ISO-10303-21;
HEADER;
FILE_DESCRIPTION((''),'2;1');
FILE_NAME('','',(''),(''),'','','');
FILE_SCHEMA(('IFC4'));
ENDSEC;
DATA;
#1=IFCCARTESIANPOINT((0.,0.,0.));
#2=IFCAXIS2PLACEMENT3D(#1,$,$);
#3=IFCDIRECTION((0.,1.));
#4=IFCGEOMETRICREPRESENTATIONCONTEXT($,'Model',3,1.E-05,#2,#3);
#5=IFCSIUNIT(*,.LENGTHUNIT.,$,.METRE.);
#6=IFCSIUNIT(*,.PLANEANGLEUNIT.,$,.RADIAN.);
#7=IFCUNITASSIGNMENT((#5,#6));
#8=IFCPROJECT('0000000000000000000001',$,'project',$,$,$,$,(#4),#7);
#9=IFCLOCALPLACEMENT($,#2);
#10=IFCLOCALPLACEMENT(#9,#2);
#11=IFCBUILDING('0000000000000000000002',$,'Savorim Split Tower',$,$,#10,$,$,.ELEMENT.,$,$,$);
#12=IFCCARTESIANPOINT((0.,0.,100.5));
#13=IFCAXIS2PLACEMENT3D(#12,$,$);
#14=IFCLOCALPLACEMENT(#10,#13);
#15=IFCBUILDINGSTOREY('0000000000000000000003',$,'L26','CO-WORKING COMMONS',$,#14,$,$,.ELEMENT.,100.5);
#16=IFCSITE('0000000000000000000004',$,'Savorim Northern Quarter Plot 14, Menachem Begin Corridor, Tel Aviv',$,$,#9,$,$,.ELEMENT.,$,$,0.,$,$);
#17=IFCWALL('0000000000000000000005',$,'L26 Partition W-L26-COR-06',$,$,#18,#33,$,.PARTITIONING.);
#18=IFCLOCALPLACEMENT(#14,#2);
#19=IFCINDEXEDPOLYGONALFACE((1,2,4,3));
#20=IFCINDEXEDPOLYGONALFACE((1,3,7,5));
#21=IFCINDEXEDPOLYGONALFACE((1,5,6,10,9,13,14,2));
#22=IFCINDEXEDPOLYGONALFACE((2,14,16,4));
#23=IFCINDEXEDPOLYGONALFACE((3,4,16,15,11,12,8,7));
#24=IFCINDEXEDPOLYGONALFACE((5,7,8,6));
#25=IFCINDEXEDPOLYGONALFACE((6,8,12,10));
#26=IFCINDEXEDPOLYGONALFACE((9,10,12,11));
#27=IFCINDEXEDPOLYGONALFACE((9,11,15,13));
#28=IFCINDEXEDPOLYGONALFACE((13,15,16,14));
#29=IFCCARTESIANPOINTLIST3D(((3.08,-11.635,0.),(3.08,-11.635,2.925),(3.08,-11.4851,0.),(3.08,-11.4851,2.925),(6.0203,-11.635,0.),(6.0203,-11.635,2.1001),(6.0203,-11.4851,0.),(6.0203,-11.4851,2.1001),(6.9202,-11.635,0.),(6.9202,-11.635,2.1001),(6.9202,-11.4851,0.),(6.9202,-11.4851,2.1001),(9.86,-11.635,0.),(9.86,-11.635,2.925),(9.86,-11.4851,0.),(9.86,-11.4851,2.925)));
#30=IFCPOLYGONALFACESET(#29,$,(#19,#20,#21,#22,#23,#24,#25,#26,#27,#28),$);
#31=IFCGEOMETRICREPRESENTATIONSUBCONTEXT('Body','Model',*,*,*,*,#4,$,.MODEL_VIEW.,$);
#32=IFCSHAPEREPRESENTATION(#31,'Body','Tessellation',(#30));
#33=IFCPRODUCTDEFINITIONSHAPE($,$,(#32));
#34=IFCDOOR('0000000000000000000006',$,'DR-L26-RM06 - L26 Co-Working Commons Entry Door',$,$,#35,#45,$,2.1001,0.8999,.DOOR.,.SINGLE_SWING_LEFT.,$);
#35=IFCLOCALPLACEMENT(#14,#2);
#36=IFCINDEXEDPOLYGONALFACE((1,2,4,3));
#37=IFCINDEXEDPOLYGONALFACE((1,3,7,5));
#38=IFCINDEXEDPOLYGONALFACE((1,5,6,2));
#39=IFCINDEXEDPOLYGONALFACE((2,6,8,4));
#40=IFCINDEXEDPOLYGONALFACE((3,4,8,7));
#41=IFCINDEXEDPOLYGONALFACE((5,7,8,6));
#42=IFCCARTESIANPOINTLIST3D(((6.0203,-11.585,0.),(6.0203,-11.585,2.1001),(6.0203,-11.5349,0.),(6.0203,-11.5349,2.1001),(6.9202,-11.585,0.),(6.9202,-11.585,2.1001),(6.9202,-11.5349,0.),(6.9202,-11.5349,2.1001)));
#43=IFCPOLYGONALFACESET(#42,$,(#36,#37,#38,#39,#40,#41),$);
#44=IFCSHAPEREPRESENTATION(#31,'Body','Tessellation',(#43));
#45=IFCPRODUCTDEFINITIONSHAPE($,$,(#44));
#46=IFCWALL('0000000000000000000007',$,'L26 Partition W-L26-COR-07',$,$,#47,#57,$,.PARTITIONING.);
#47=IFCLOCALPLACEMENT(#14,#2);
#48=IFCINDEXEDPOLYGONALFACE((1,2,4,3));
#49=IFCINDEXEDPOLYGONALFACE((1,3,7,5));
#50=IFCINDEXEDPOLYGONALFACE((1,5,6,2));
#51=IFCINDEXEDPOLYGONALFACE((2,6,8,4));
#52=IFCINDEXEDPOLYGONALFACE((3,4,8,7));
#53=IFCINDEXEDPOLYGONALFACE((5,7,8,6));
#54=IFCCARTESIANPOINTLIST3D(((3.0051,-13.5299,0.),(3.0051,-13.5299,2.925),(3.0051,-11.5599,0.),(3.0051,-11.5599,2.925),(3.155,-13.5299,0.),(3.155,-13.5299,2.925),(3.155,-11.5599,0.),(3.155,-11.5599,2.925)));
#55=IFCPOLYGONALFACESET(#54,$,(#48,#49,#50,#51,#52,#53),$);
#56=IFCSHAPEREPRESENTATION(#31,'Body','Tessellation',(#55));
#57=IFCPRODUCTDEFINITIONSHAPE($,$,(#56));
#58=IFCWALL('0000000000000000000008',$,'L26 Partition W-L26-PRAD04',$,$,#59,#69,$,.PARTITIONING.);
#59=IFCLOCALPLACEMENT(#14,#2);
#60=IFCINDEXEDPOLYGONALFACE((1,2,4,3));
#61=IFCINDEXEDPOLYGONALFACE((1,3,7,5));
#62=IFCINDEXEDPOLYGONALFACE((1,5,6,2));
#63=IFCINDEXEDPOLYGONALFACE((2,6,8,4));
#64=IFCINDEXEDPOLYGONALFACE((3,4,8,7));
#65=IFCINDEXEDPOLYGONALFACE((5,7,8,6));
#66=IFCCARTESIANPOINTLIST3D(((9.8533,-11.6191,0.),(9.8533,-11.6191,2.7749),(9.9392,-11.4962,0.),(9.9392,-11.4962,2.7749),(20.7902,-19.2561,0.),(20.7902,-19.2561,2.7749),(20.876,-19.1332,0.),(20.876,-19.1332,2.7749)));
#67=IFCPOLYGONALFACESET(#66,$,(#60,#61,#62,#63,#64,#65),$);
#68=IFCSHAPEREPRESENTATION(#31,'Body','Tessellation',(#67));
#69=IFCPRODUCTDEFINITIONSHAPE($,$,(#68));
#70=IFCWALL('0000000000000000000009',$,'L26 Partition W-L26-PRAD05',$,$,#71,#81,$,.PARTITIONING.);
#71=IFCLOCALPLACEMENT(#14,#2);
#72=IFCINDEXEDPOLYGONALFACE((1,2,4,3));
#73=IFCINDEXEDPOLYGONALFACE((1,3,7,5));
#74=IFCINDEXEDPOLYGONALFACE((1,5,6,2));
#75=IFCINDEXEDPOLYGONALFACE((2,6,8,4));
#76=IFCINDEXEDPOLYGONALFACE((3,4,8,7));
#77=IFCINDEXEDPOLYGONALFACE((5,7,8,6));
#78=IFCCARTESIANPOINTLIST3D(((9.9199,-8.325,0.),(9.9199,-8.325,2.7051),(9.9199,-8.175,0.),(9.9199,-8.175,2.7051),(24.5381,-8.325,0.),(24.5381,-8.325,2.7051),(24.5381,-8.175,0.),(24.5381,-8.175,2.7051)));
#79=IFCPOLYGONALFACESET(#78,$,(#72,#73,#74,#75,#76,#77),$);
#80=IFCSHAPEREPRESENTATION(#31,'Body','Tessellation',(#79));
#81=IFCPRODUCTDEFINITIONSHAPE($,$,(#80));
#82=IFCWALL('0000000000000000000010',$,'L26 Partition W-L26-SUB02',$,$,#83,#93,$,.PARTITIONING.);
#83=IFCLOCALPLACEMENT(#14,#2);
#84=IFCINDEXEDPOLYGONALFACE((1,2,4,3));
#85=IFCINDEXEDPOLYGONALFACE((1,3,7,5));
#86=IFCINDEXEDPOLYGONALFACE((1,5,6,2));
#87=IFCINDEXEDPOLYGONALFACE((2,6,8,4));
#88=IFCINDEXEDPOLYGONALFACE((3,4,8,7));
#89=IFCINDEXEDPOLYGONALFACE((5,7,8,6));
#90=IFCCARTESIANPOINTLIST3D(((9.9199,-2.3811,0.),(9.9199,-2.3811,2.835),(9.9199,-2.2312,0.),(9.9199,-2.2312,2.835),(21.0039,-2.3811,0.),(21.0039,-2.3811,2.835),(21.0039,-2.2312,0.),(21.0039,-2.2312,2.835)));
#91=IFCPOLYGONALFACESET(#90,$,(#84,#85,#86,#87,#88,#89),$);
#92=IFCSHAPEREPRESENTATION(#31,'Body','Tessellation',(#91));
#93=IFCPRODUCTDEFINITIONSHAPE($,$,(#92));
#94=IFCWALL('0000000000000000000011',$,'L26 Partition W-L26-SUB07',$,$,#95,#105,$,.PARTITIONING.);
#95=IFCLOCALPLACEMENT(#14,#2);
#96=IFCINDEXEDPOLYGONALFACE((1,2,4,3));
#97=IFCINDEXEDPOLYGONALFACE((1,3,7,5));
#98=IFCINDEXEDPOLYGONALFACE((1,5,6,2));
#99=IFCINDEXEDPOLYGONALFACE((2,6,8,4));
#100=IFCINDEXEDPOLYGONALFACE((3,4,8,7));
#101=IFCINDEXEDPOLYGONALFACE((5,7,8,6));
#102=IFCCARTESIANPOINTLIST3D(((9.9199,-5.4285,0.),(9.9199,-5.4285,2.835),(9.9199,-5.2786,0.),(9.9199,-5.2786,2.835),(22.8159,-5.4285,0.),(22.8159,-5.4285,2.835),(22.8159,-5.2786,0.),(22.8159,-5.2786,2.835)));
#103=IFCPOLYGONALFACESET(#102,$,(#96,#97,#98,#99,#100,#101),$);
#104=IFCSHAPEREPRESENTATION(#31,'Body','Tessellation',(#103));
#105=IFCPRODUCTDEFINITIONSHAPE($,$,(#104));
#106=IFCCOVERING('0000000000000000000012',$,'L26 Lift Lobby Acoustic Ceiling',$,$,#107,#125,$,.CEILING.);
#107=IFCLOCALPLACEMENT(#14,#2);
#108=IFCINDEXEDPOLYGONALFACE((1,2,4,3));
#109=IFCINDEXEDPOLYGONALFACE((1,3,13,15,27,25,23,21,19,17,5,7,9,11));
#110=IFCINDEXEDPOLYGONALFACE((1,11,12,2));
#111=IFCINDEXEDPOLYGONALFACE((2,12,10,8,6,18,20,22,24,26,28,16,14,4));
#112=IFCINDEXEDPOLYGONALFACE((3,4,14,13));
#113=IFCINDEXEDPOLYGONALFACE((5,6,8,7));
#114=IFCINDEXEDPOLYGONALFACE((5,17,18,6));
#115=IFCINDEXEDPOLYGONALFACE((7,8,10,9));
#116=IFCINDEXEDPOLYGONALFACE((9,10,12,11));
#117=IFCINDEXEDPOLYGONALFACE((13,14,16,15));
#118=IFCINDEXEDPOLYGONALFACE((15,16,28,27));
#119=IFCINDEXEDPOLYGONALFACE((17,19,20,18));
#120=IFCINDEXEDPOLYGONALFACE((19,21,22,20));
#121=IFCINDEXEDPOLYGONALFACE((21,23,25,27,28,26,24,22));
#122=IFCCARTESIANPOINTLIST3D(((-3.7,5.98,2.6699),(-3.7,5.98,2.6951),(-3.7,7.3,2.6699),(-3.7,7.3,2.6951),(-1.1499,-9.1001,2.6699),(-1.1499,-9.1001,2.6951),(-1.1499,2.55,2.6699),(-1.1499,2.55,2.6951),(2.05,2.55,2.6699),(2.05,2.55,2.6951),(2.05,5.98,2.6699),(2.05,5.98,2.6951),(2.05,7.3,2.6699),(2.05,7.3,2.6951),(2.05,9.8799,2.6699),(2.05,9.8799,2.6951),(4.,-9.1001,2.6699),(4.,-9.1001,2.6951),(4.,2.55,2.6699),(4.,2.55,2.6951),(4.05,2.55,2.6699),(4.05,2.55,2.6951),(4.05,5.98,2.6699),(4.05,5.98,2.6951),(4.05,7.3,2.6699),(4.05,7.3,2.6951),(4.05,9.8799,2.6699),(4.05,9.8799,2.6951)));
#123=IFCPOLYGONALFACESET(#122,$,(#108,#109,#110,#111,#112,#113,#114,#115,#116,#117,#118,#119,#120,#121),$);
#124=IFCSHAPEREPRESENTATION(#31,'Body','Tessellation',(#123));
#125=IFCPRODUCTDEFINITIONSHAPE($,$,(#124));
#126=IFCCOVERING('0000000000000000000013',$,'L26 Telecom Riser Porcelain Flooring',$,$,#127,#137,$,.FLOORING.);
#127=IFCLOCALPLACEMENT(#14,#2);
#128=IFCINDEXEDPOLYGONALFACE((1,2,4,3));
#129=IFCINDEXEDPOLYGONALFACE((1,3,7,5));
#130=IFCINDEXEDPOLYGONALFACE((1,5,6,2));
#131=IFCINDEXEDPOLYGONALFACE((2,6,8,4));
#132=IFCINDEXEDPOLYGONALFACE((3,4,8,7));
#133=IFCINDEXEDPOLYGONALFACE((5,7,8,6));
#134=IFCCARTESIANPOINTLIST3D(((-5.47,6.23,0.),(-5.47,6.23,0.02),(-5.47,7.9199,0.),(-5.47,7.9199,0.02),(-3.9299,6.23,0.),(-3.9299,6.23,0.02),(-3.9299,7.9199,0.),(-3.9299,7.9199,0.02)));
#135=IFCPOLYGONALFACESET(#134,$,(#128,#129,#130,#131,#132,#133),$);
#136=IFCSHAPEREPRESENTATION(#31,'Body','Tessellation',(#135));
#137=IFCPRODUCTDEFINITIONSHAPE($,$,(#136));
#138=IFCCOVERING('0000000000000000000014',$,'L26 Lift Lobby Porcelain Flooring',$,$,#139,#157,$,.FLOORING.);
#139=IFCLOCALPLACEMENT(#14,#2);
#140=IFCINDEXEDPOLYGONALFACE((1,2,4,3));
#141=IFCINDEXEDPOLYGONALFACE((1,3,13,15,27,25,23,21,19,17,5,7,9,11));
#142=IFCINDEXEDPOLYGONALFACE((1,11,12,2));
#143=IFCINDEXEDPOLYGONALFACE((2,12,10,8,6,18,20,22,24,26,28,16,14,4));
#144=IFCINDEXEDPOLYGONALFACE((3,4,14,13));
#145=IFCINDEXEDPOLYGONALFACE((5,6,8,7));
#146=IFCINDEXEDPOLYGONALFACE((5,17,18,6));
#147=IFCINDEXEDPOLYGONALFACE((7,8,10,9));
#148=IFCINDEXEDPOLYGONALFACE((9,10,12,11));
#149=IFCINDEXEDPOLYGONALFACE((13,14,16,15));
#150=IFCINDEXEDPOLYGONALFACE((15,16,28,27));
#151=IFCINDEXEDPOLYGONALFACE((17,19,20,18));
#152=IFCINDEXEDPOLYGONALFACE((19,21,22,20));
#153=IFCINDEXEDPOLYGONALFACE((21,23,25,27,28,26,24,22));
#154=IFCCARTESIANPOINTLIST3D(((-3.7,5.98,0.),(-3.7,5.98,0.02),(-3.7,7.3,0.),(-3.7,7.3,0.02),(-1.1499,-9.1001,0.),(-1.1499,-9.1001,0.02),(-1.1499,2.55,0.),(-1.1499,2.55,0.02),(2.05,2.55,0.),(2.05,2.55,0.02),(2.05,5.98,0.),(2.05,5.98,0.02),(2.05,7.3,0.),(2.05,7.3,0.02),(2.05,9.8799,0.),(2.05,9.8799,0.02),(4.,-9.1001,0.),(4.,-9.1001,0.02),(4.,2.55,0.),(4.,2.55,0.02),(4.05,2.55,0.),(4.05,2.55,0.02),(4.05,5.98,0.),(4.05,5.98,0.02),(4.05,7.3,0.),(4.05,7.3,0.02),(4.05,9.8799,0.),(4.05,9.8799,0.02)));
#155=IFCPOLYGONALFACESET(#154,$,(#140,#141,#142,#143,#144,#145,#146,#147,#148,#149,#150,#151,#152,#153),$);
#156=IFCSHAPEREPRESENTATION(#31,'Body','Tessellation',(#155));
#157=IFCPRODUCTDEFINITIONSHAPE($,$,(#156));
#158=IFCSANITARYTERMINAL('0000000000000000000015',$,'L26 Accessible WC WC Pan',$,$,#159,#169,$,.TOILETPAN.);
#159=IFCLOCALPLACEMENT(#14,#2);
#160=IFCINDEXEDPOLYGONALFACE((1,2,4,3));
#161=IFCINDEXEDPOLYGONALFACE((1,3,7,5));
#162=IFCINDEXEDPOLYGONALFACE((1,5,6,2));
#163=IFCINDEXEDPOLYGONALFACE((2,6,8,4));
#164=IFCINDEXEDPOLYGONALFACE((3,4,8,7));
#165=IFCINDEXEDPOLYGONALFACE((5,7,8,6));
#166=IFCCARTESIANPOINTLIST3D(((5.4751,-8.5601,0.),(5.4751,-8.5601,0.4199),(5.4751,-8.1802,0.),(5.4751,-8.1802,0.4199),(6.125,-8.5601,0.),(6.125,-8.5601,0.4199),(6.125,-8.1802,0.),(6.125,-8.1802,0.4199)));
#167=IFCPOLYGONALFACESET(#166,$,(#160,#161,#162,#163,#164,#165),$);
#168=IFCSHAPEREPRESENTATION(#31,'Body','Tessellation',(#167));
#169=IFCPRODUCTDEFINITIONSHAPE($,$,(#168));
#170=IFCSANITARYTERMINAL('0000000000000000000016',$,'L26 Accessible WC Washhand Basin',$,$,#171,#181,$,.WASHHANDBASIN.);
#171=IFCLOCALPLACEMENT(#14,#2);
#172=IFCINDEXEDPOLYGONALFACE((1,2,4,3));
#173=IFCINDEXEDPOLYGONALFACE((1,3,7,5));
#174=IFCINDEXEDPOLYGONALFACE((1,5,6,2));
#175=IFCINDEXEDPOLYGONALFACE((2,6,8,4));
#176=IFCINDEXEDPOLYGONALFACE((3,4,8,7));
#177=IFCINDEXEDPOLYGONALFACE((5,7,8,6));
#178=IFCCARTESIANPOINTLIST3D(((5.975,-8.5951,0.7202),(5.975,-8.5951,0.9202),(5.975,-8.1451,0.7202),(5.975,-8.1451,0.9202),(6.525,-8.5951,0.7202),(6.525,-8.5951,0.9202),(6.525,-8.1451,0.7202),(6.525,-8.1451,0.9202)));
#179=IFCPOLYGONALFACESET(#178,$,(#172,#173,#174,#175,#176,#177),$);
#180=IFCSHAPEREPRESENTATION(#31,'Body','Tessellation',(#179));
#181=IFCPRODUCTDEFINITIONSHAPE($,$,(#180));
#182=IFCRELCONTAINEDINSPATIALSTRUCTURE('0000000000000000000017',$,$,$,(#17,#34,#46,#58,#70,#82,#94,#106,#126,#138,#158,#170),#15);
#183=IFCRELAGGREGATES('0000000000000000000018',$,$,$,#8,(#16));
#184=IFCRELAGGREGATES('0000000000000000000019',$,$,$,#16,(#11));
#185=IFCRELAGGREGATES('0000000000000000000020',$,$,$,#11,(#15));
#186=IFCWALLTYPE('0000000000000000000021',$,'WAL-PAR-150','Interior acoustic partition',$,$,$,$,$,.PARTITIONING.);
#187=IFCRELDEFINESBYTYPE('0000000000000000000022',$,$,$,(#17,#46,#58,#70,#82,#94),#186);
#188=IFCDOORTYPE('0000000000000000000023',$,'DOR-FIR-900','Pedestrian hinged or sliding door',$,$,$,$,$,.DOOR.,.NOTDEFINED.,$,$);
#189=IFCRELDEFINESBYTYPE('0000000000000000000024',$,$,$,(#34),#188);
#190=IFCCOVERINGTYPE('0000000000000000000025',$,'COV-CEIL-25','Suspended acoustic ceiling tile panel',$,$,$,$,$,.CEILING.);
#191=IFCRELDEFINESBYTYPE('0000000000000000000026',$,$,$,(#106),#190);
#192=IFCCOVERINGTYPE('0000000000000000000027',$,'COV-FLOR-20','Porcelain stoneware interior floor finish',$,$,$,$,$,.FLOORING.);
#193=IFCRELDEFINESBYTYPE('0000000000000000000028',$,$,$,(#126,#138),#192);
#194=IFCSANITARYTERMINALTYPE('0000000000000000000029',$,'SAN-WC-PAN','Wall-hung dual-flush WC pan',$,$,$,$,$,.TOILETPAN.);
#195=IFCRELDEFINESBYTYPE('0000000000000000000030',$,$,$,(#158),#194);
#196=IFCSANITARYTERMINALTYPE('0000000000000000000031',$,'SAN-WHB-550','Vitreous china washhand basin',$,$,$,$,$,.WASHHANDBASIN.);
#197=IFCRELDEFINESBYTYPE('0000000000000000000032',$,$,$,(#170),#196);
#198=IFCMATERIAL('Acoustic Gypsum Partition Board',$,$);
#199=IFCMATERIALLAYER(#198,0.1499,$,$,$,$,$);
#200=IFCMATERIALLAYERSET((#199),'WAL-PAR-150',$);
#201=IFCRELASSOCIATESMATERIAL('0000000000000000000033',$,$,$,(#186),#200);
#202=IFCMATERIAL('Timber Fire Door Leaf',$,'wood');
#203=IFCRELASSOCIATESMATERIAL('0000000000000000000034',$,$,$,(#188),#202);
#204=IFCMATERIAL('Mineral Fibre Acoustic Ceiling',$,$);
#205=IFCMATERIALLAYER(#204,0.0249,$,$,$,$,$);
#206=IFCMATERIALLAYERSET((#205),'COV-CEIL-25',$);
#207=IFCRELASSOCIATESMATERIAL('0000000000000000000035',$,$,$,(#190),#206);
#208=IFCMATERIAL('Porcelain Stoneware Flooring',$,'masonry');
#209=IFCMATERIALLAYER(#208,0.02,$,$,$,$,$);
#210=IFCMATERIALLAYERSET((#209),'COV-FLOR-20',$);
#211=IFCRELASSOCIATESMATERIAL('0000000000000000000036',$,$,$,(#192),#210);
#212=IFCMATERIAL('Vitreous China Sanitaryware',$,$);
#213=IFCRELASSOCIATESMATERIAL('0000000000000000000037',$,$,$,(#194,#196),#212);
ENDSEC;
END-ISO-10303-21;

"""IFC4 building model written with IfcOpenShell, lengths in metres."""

from ifc_helpers import new_model, si_unit, direction, frame, frame_2d, origin, origin_2d, place, context, subcontext, project, spatial, polyline, rectangle, outline, extrude, material, layer, layer_set, type_object, element, fill, save


model = new_model("IFC4")

# Units and contexts
model_context = context("Model", 3, precision=1e-05, world=origin(), true_north=direction((0.0, 1.0)))
body_context = subcontext(model_context, "Body", "Model", "MODEL_VIEW")
ifc_project = project(units=[si_unit("LENGTHUNIT", "METRE"), si_unit("PLANEANGLEUNIT", "RADIAN")], contexts=[model_context])

# Site, building, storey
site_placement = place(None, origin())
site = spatial("IfcSite", under=ifc_project, at=site_placement, Name="Savorim Northern Quarter Plot 14, Menachem Begin Corridor, Tel Aviv", CompositionType="ELEMENT", RefElevation=0.0)
building_placement = place(site_placement, origin())
building = spatial("IfcBuilding", under=site, at=building_placement, Name="Savorim Split Tower", CompositionType="ELEMENT")
storey_placement = place(building_placement, frame((0.0, 0.0, 100.5)))
storey = spatial("IfcBuildingStorey", under=building, at=storey_placement, Name="L26", Description="CO-WORKING COMMONS", CompositionType="ELEMENT", Elevation=100.5)

# Shared definitions
ifc_material_1 = material(Name="Acoustic Gypsum Partition Board")
ifc_layer_1 = layer(ifc_material_1, 0.1499)
ifc_layer_set_1 = layer_set([ifc_layer_1], Name="WAL-PAR-150")
wall_type_1 = type_object("IfcWallType", Name="WAL-PAR-150", Description="Interior acoustic partition", PredefinedType="PARTITIONING", material=ifc_layer_set_1)

# Shared definitions
ifc_material_2 = material(Name="Timber Fire Door Leaf", Category="wood")
door_type_1 = type_object("IfcDoorType", Name="DOR-FIR-900", Description="Pedestrian hinged or sliding door", OperationType="NOTDEFINED", PredefinedType="DOOR", material=ifc_material_2)

# Wall, opening, door
wall_1_placement = place(storey_placement, frame((9.8601, -11.5601, 0.0), z_axis=(0.0, 0.0, 1.0), x_axis=(-1.0, 0.0, 0.0)))
wall_1 = element("IfcWall", 1, at=wall_1_placement, inside=storey, type_object=wall_type_1, Name="L26 Partition W-L26-COR-06", PredefinedType="PARTITIONING", context=body_context, shape_type="SweptSolid", body=[
    extrude(rectangle(XDim=6.78, YDim=0.1499, at=frame_2d((3.3901, 0.0))), origin(), (0.0, 0.0, 1.0), 2.925),
])
opening_1_placement = place(wall_1_placement, frame((2.9399, 0.0, 0.0)))
opening_1 = element("IfcOpeningElement", 2, at=opening_1_placement, cuts=wall_1, PredefinedType="OPENING", context=body_context, shape_type="SweptSolid", body=[
    extrude(rectangle(XDim=0.8999, YDim=2.1001, at=frame_2d((0.45, 1.05))), frame((0.0, 0.085, 0.0), z_axis=(0.0, -1.0, 0.0), x_axis=(1.0, 0.0, 0.0)), (0.0, 0.0, 1.0), 0.1699),
])
door_1_placement = place(opening_1_placement, origin())
door_1 = element("IfcDoor", 3, at=door_1_placement, inside=storey, type_object=door_type_1, Name="DR-L26-RM06 - L26 Co-Working Commons Entry Door", OperationType="SINGLE_SWING_LEFT", OverallHeight=2.1001, OverallWidth=0.8999, PredefinedType="DOOR", context=body_context, shape_type="SweptSolid", body=[
    extrude(rectangle(XDim=0.8999, YDim=2.1001, at=frame_2d((0.45, 1.05))), frame((0.0, 0.0249, 0.0), z_axis=(0.0, -1.0, 0.0), x_axis=(1.0, 0.0, 0.0)), (0.0, 0.0, 1.0), 0.05),
])
fill(opening_1, door_1)

# Walls
wall_2_placement = place(storey_placement, frame((3.0801, -11.5601, 0.0), z_axis=(0.0, 0.0, 1.0), x_axis=(0.0, -1.0, 0.0)))
element("IfcWall", 4, at=wall_2_placement, inside=storey, type_object=wall_type_1, Name="L26 Partition W-L26-COR-07", PredefinedType="PARTITIONING", context=body_context, shape_type="SweptSolid", body=[
    extrude(rectangle(XDim=1.97, YDim=0.1499, at=frame_2d((0.9849, 0.0))), origin(), (0.0, 0.0, 1.0), 2.925),
])
wall_3_placement = place(storey_placement, frame((9.8962, -11.5576, 0.0), z_axis=(0.0, 0.0, 1.0), x_axis=(0.819893, -0.572517, 0.0)))
element("IfcWall", 5, at=wall_3_placement, inside=storey, type_object=wall_type_1, Name="L26 Partition W-L26-PRAD04", PredefinedType="PARTITIONING", context=body_context, shape_type="SweptSolid", body=[
    extrude(rectangle(XDim=13.3394, YDim=0.1499, at=frame_2d((6.6697, 0.0))), origin(), (0.0, 0.0, 1.0), 2.7749),
])
wall_4_placement = place(storey_placement, frame((9.9199, -8.25, 0.0), z_axis=(0.0, 0.0, 1.0), x_axis=(1.0, 0.0, 0.0)))
element("IfcWall", 6, at=wall_4_placement, inside=storey, type_object=wall_type_1, Name="L26 Partition W-L26-PRAD05", PredefinedType="PARTITIONING", context=body_context, shape_type="SweptSolid", body=[
    extrude(rectangle(XDim=14.6182, YDim=0.1499, at=frame_2d((7.3091, 0.0))), origin(), (0.0, 0.0, 1.0), 2.7051),
])
wall_5_placement = place(storey_placement, frame((9.9199, -2.3062, 0.0), z_axis=(0.0, 0.0, 1.0), x_axis=(1.0, 0.0, 0.0)))
element("IfcWall", 7, at=wall_5_placement, inside=storey, type_object=wall_type_1, Name="L26 Partition W-L26-SUB02", PredefinedType="PARTITIONING", context=body_context, shape_type="SweptSolid", body=[
    extrude(rectangle(XDim=11.084, YDim=0.1499, at=frame_2d((5.542, 0.0))), origin(), (0.0, 0.0, 1.0), 2.835),
])
wall_6_placement = place(storey_placement, frame((9.9199, -5.3535, 0.0), z_axis=(0.0, 0.0, 1.0), x_axis=(1.0, 0.0, 0.0)))
element("IfcWall", 8, at=wall_6_placement, inside=storey, type_object=wall_type_1, Name="L26 Partition W-L26-SUB07", PredefinedType="PARTITIONING", context=body_context, shape_type="SweptSolid", body=[
    extrude(rectangle(XDim=12.896, YDim=0.1499, at=frame_2d((6.448, 0.0))), origin(), (0.0, 0.0, 1.0), 2.835),
])

# Coverings
ifc_material_3 = material(Name="Mineral Fibre Acoustic Ceiling")
ifc_layer_2 = layer(ifc_material_3, 0.0249)
ifc_layer_set_2 = layer_set([ifc_layer_2], Name="COV-CEIL-25")
covering_type_1 = type_object("IfcCoveringType", Name="COV-CEIL-25", Description="Suspended acoustic ceiling tile panel", PredefinedType="CEILING", material=ifc_layer_set_2)
covering_1_placement = place(storey_placement, frame((0.0, 0.0, 2.6699)))
element("IfcCovering", 9, at=covering_1_placement, inside=storey, type_object=covering_type_1, Name="L26 Lift Lobby Acoustic Ceiling", PredefinedType="CEILING", context=body_context, shape_type="SweptSolid", body=[
    extrude(outline(polyline([(2.05, 2.55), (-1.1499, 2.55), (-1.1499, -9.1001), (4.0, -9.1001), (4.0, 2.55), (4.05, 2.55), (4.05, 5.98), (4.05, 7.3), (4.05, 9.8799), (2.05, 9.8799), (2.05, 7.3), (-3.7, 7.3), (-3.7, 5.98), (2.05, 5.98), (2.05, 2.55)])), origin(), (0.0, 0.0, 1.0), 0.0251),
])
ifc_material_4 = material(Name="Porcelain Stoneware Flooring", Category="masonry")
ifc_layer_3 = layer(ifc_material_4, 0.02)
ifc_layer_set_3 = layer_set([ifc_layer_3], Name="COV-FLOR-20")
covering_type_2 = type_object("IfcCoveringType", Name="COV-FLOR-20", Description="Porcelain stoneware interior floor finish", PredefinedType="FLOORING", material=ifc_layer_set_3)
covering_2_placement = place(storey_placement, origin())
element("IfcCovering", 10, at=covering_2_placement, inside=storey, type_object=covering_type_2, Name="L26 Telecom Riser Porcelain Flooring", PredefinedType="FLOORING", context=body_context, shape_type="SweptSolid", body=[
    extrude(outline(polyline([(-5.47, 7.9199), (-5.47, 6.23), (-3.9299, 6.23), (-3.9299, 7.9199), (-5.47, 7.9199)])), origin(), (0.0, 0.0, 1.0), 0.02),
])
covering_3_placement = place(storey_placement, origin())
element("IfcCovering", 11, at=covering_3_placement, inside=storey, type_object=covering_type_2, Name="L26 Lift Lobby Porcelain Flooring", PredefinedType="FLOORING", context=body_context, shape_type="SweptSolid", body=[
    extrude(outline(polyline([(2.05, 2.55), (-1.1499, 2.55), (-1.1499, -9.1001), (4.0, -9.1001), (4.0, 2.55), (4.05, 2.55), (4.05, 5.98), (4.05, 7.3), (4.05, 9.8799), (2.05, 9.8799), (2.05, 7.3), (-3.7, 7.3), (-3.7, 5.98), (2.05, 5.98), (2.05, 2.55)])), origin(), (0.0, 0.0, 1.0), 0.02),
])

# Sanitary terminals
ifc_material_5 = material(Name="Vitreous China Sanitaryware")
sanitary_terminal_type_1 = type_object("IfcSanitaryTerminalType", Name="SAN-WC-PAN", Description="Wall-hung dual-flush WC pan", PredefinedType="TOILETPAN", material=ifc_material_5)
sanitary_terminal_1_placement = place(storey_placement, frame((5.8, -8.3701, 0.0), z_axis=(0.0, 0.0, 1.0), x_axis=(1.0, 0.0, 0.0)))
element("IfcSanitaryTerminal", 12, at=sanitary_terminal_1_placement, inside=storey, type_object=sanitary_terminal_type_1, Name="L26 Accessible WC WC Pan", PredefinedType="TOILETPAN", context=body_context, shape_type="SweptSolid", body=[
    extrude(rectangle(XDim=0.6499, YDim=0.3799, at=origin_2d()), origin(), (0.0, 0.0, 1.0), 0.4199),
])
sanitary_terminal_type_2 = type_object("IfcSanitaryTerminalType", Name="SAN-WHB-550", Description="Vitreous china washhand basin", PredefinedType="WASHHANDBASIN", material=ifc_material_5)
sanitary_terminal_2_placement = place(storey_placement, frame((6.25, -8.3701, 0.7202), z_axis=(0.0, 0.0, 1.0), x_axis=(1.0, 0.0, 0.0)))
element("IfcSanitaryTerminal", 13, at=sanitary_terminal_2_placement, inside=storey, type_object=sanitary_terminal_type_2, Name="L26 Accessible WC Washhand Basin", PredefinedType="WASHHANDBASIN", context=body_context, shape_type="SweptSolid", body=[
    extrude(rectangle(XDim=0.55, YDim=0.45, at=origin_2d()), origin(), (0.0, 0.0, 1.0), 0.2),
])

save(model, "model.ifc")
